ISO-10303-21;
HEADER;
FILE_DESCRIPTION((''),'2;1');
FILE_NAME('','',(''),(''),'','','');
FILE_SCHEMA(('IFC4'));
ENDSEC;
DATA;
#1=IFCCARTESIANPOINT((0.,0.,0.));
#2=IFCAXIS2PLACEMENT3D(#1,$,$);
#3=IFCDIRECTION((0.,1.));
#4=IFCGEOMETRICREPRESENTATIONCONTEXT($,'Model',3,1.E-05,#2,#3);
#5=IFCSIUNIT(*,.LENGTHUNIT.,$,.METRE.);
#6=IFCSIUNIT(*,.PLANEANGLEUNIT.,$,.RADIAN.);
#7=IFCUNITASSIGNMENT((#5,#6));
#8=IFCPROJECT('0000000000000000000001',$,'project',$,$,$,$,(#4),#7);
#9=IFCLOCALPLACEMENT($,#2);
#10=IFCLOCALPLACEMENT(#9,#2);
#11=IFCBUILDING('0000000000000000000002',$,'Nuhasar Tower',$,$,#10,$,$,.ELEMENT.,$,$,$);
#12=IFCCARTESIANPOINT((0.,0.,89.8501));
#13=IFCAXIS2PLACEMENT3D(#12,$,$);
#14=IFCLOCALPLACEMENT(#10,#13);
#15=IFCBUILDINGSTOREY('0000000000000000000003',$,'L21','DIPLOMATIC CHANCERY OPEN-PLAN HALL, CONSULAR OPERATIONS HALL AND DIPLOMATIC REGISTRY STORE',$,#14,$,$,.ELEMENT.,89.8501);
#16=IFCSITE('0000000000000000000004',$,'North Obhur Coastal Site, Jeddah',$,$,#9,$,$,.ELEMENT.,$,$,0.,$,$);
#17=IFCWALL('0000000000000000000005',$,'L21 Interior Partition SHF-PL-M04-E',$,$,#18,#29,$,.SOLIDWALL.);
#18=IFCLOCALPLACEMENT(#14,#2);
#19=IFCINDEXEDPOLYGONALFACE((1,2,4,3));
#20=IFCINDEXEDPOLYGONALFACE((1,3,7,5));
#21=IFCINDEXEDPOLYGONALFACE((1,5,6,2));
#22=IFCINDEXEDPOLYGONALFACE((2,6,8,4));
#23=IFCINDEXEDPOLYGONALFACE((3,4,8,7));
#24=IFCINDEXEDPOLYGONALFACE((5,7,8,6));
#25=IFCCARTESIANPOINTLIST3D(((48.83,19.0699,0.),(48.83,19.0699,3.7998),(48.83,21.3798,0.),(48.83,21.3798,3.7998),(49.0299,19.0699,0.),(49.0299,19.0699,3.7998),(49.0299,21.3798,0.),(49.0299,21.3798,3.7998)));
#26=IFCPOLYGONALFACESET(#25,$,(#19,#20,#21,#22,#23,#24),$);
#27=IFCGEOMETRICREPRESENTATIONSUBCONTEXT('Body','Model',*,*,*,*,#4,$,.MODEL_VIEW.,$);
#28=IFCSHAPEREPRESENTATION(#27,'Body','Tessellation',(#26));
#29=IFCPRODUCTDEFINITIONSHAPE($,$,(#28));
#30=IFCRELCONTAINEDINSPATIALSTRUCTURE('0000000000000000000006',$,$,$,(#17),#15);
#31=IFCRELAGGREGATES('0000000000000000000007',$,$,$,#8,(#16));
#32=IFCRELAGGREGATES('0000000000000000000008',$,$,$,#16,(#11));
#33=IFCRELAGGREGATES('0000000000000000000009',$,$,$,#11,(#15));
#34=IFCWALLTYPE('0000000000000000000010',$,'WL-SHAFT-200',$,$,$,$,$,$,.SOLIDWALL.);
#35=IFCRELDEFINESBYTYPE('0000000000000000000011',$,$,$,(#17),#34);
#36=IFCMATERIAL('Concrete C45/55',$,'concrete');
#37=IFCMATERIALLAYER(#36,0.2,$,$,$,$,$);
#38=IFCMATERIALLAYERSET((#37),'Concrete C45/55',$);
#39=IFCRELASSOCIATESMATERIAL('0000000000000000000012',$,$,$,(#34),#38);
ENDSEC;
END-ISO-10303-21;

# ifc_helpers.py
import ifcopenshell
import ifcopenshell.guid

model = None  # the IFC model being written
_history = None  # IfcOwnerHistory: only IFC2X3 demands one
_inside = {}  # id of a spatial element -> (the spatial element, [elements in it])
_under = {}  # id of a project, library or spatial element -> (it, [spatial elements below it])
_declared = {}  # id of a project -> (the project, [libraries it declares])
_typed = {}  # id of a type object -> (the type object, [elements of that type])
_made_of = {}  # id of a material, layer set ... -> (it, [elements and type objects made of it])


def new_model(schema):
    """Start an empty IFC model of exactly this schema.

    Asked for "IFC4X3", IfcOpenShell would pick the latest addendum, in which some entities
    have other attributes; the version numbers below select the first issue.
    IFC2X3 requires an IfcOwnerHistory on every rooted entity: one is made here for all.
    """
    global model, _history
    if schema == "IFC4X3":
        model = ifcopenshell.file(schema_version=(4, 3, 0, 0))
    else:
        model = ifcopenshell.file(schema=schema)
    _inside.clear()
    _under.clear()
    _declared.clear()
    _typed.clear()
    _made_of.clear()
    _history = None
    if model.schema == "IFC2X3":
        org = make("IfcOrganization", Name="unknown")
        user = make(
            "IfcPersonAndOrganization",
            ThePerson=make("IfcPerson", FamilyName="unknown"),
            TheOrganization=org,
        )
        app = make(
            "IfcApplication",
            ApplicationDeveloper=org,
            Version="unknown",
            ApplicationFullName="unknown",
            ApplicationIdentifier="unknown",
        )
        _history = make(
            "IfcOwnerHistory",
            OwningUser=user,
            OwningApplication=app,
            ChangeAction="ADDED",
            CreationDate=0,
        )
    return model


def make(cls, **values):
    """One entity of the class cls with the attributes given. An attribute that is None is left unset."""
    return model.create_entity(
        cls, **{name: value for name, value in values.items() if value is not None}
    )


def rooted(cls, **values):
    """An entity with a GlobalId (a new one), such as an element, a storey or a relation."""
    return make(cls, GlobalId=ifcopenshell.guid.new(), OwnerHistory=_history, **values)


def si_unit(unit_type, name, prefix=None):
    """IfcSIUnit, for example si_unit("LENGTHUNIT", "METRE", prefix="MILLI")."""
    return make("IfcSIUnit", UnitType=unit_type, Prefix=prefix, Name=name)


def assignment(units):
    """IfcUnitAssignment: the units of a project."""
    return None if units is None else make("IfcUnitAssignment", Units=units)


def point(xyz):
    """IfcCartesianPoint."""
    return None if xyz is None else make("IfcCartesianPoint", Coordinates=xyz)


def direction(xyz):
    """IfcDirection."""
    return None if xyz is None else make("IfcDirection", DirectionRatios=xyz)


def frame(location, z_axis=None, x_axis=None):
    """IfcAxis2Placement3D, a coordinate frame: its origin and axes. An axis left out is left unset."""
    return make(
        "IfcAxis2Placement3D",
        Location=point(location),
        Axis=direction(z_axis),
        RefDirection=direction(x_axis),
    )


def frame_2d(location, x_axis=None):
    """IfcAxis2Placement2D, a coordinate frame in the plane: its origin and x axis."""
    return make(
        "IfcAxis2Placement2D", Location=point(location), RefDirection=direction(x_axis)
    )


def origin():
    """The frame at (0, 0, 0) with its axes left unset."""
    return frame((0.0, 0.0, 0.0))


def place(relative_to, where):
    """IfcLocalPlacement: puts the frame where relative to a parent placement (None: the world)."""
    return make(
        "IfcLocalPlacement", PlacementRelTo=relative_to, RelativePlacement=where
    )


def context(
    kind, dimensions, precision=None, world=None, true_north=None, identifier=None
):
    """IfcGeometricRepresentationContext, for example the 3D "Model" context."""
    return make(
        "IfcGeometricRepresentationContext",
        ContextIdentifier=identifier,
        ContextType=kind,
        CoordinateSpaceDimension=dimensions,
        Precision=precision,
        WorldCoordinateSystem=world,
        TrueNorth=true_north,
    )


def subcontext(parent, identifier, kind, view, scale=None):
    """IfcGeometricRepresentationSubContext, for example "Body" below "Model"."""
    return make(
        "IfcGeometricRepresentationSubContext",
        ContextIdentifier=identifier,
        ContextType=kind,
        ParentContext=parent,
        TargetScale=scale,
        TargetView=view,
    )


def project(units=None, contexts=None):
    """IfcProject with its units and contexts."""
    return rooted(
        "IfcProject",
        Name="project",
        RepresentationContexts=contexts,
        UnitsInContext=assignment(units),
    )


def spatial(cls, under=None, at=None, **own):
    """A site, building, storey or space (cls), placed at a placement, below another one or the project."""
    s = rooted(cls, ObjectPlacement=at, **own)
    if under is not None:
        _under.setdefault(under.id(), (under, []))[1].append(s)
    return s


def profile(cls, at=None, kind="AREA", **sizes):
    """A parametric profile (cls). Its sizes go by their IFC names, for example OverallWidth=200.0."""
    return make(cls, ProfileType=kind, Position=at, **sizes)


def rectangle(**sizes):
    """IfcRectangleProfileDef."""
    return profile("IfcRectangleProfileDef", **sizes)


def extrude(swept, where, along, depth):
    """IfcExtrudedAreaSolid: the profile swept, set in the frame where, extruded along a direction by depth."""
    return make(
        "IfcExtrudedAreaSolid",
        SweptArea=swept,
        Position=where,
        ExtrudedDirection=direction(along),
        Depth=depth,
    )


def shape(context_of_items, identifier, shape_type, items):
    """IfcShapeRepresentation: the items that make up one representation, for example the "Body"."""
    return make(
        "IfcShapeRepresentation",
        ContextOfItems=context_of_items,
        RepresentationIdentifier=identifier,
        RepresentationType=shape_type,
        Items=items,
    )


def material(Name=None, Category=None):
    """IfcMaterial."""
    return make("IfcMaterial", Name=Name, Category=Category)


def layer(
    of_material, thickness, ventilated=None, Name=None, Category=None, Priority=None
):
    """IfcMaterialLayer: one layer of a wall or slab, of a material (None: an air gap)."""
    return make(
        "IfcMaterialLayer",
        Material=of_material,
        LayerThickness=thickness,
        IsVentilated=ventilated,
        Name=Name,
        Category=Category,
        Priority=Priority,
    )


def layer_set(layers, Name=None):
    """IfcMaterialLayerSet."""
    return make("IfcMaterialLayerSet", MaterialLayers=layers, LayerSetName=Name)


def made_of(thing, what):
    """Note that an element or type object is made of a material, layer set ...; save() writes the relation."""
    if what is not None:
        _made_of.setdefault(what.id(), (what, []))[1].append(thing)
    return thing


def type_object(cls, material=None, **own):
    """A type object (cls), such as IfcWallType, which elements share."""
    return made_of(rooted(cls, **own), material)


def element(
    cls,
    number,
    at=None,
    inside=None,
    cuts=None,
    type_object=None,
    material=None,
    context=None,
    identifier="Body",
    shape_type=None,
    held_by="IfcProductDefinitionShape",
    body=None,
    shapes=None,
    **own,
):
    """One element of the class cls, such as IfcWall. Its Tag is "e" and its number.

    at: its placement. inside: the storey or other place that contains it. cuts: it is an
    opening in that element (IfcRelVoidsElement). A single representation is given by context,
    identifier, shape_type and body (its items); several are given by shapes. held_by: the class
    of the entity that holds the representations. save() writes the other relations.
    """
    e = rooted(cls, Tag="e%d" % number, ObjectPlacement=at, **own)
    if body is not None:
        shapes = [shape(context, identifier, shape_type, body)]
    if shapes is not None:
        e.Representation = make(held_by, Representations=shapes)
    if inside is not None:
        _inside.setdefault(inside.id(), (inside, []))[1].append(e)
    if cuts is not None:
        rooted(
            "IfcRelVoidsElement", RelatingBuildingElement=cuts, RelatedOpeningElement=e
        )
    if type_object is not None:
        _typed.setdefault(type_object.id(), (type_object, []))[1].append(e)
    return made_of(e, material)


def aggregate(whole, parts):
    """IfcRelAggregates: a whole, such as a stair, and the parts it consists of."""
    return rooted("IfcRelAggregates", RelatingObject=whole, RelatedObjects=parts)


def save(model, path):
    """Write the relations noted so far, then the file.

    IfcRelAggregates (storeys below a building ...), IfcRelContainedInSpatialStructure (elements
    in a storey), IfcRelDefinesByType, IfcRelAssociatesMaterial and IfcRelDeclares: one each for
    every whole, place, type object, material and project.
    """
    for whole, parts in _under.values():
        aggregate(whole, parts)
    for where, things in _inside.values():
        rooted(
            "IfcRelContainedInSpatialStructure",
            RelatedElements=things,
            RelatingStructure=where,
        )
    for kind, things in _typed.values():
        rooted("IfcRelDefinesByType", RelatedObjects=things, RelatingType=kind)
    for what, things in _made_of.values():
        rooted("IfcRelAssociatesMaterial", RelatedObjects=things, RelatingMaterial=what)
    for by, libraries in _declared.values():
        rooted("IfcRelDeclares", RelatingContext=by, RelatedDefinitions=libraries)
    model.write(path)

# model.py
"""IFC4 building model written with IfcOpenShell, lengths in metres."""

from ifc_helpers import new_model, si_unit, direction, frame, frame_2d, origin, place, context, subcontext, project, spatial, rectangle, extrude, material, layer, layer_set, type_object, element, save


model = new_model("IFC4")

# Units and contexts
model_context = context("Model", 3, precision=1e-05, world=origin(), true_north=direction((0.0, 1.0)))
body_context = subcontext(model_context, "Body", "Model", "MODEL_VIEW")
ifc_project = project(units=[si_unit("LENGTHUNIT", "METRE"), si_unit("PLANEANGLEUNIT", "RADIAN")], contexts=[model_context])

# Site, building, storey
site_placement = place(None, origin())
site = spatial("IfcSite", under=ifc_project, at=site_placement, Name="North Obhur Coastal Site, Jeddah", CompositionType="ELEMENT", RefElevation=0.0)
building_placement = place(site_placement, origin())
building = spatial("IfcBuilding", under=site, at=building_placement, Name="Nuhasar Tower", CompositionType="ELEMENT")
storey_placement = place(building_placement, frame((0.0, 0.0, 89.8501)))
storey = spatial("IfcBuildingStorey", under=building, at=storey_placement, Name="L21", Description="DIPLOMATIC CHANCERY OPEN-PLAN HALL, CONSULAR OPERATIONS HALL AND DIPLOMATIC REGISTRY STORE", CompositionType="ELEMENT", Elevation=89.8501)

# Shared definitions
ifc_material_1 = material(Name="Concrete C45/55", Category="concrete")

# Wall
ifc_layer_1 = layer(ifc_material_1, 0.2)
ifc_layer_set_1 = layer_set([ifc_layer_1], Name="Concrete C45/55")
wall_type_1 = type_object("IfcWallType", Name="WL-SHAFT-200", PredefinedType="SOLIDWALL", material=ifc_layer_set_1)
for number, where, z_axis, x_axis, name in (
    (1, (48.9299, 19.0701, 0.0), (0.0, 0.0, 1.0), (0.0, 1.0, 0.0), "L21 Interior Partition SHF-PL-M04-E"),
):
    element("IfcWall", number, at=place(storey_placement, frame(where, z_axis=z_axis, x_axis=x_axis)), inside=storey, type_object=wall_type_1, Name=name, PredefinedType="SOLIDWALL", context=body_context, shape_type="SweptSolid", body=[
        extrude(rectangle(XDim=2.3098, YDim=0.2, at=frame_2d((1.1548, 0.0))), origin(), (0.0, 0.0, 1.0), 3.7998),
    ])

save(model, "model.ifc")
